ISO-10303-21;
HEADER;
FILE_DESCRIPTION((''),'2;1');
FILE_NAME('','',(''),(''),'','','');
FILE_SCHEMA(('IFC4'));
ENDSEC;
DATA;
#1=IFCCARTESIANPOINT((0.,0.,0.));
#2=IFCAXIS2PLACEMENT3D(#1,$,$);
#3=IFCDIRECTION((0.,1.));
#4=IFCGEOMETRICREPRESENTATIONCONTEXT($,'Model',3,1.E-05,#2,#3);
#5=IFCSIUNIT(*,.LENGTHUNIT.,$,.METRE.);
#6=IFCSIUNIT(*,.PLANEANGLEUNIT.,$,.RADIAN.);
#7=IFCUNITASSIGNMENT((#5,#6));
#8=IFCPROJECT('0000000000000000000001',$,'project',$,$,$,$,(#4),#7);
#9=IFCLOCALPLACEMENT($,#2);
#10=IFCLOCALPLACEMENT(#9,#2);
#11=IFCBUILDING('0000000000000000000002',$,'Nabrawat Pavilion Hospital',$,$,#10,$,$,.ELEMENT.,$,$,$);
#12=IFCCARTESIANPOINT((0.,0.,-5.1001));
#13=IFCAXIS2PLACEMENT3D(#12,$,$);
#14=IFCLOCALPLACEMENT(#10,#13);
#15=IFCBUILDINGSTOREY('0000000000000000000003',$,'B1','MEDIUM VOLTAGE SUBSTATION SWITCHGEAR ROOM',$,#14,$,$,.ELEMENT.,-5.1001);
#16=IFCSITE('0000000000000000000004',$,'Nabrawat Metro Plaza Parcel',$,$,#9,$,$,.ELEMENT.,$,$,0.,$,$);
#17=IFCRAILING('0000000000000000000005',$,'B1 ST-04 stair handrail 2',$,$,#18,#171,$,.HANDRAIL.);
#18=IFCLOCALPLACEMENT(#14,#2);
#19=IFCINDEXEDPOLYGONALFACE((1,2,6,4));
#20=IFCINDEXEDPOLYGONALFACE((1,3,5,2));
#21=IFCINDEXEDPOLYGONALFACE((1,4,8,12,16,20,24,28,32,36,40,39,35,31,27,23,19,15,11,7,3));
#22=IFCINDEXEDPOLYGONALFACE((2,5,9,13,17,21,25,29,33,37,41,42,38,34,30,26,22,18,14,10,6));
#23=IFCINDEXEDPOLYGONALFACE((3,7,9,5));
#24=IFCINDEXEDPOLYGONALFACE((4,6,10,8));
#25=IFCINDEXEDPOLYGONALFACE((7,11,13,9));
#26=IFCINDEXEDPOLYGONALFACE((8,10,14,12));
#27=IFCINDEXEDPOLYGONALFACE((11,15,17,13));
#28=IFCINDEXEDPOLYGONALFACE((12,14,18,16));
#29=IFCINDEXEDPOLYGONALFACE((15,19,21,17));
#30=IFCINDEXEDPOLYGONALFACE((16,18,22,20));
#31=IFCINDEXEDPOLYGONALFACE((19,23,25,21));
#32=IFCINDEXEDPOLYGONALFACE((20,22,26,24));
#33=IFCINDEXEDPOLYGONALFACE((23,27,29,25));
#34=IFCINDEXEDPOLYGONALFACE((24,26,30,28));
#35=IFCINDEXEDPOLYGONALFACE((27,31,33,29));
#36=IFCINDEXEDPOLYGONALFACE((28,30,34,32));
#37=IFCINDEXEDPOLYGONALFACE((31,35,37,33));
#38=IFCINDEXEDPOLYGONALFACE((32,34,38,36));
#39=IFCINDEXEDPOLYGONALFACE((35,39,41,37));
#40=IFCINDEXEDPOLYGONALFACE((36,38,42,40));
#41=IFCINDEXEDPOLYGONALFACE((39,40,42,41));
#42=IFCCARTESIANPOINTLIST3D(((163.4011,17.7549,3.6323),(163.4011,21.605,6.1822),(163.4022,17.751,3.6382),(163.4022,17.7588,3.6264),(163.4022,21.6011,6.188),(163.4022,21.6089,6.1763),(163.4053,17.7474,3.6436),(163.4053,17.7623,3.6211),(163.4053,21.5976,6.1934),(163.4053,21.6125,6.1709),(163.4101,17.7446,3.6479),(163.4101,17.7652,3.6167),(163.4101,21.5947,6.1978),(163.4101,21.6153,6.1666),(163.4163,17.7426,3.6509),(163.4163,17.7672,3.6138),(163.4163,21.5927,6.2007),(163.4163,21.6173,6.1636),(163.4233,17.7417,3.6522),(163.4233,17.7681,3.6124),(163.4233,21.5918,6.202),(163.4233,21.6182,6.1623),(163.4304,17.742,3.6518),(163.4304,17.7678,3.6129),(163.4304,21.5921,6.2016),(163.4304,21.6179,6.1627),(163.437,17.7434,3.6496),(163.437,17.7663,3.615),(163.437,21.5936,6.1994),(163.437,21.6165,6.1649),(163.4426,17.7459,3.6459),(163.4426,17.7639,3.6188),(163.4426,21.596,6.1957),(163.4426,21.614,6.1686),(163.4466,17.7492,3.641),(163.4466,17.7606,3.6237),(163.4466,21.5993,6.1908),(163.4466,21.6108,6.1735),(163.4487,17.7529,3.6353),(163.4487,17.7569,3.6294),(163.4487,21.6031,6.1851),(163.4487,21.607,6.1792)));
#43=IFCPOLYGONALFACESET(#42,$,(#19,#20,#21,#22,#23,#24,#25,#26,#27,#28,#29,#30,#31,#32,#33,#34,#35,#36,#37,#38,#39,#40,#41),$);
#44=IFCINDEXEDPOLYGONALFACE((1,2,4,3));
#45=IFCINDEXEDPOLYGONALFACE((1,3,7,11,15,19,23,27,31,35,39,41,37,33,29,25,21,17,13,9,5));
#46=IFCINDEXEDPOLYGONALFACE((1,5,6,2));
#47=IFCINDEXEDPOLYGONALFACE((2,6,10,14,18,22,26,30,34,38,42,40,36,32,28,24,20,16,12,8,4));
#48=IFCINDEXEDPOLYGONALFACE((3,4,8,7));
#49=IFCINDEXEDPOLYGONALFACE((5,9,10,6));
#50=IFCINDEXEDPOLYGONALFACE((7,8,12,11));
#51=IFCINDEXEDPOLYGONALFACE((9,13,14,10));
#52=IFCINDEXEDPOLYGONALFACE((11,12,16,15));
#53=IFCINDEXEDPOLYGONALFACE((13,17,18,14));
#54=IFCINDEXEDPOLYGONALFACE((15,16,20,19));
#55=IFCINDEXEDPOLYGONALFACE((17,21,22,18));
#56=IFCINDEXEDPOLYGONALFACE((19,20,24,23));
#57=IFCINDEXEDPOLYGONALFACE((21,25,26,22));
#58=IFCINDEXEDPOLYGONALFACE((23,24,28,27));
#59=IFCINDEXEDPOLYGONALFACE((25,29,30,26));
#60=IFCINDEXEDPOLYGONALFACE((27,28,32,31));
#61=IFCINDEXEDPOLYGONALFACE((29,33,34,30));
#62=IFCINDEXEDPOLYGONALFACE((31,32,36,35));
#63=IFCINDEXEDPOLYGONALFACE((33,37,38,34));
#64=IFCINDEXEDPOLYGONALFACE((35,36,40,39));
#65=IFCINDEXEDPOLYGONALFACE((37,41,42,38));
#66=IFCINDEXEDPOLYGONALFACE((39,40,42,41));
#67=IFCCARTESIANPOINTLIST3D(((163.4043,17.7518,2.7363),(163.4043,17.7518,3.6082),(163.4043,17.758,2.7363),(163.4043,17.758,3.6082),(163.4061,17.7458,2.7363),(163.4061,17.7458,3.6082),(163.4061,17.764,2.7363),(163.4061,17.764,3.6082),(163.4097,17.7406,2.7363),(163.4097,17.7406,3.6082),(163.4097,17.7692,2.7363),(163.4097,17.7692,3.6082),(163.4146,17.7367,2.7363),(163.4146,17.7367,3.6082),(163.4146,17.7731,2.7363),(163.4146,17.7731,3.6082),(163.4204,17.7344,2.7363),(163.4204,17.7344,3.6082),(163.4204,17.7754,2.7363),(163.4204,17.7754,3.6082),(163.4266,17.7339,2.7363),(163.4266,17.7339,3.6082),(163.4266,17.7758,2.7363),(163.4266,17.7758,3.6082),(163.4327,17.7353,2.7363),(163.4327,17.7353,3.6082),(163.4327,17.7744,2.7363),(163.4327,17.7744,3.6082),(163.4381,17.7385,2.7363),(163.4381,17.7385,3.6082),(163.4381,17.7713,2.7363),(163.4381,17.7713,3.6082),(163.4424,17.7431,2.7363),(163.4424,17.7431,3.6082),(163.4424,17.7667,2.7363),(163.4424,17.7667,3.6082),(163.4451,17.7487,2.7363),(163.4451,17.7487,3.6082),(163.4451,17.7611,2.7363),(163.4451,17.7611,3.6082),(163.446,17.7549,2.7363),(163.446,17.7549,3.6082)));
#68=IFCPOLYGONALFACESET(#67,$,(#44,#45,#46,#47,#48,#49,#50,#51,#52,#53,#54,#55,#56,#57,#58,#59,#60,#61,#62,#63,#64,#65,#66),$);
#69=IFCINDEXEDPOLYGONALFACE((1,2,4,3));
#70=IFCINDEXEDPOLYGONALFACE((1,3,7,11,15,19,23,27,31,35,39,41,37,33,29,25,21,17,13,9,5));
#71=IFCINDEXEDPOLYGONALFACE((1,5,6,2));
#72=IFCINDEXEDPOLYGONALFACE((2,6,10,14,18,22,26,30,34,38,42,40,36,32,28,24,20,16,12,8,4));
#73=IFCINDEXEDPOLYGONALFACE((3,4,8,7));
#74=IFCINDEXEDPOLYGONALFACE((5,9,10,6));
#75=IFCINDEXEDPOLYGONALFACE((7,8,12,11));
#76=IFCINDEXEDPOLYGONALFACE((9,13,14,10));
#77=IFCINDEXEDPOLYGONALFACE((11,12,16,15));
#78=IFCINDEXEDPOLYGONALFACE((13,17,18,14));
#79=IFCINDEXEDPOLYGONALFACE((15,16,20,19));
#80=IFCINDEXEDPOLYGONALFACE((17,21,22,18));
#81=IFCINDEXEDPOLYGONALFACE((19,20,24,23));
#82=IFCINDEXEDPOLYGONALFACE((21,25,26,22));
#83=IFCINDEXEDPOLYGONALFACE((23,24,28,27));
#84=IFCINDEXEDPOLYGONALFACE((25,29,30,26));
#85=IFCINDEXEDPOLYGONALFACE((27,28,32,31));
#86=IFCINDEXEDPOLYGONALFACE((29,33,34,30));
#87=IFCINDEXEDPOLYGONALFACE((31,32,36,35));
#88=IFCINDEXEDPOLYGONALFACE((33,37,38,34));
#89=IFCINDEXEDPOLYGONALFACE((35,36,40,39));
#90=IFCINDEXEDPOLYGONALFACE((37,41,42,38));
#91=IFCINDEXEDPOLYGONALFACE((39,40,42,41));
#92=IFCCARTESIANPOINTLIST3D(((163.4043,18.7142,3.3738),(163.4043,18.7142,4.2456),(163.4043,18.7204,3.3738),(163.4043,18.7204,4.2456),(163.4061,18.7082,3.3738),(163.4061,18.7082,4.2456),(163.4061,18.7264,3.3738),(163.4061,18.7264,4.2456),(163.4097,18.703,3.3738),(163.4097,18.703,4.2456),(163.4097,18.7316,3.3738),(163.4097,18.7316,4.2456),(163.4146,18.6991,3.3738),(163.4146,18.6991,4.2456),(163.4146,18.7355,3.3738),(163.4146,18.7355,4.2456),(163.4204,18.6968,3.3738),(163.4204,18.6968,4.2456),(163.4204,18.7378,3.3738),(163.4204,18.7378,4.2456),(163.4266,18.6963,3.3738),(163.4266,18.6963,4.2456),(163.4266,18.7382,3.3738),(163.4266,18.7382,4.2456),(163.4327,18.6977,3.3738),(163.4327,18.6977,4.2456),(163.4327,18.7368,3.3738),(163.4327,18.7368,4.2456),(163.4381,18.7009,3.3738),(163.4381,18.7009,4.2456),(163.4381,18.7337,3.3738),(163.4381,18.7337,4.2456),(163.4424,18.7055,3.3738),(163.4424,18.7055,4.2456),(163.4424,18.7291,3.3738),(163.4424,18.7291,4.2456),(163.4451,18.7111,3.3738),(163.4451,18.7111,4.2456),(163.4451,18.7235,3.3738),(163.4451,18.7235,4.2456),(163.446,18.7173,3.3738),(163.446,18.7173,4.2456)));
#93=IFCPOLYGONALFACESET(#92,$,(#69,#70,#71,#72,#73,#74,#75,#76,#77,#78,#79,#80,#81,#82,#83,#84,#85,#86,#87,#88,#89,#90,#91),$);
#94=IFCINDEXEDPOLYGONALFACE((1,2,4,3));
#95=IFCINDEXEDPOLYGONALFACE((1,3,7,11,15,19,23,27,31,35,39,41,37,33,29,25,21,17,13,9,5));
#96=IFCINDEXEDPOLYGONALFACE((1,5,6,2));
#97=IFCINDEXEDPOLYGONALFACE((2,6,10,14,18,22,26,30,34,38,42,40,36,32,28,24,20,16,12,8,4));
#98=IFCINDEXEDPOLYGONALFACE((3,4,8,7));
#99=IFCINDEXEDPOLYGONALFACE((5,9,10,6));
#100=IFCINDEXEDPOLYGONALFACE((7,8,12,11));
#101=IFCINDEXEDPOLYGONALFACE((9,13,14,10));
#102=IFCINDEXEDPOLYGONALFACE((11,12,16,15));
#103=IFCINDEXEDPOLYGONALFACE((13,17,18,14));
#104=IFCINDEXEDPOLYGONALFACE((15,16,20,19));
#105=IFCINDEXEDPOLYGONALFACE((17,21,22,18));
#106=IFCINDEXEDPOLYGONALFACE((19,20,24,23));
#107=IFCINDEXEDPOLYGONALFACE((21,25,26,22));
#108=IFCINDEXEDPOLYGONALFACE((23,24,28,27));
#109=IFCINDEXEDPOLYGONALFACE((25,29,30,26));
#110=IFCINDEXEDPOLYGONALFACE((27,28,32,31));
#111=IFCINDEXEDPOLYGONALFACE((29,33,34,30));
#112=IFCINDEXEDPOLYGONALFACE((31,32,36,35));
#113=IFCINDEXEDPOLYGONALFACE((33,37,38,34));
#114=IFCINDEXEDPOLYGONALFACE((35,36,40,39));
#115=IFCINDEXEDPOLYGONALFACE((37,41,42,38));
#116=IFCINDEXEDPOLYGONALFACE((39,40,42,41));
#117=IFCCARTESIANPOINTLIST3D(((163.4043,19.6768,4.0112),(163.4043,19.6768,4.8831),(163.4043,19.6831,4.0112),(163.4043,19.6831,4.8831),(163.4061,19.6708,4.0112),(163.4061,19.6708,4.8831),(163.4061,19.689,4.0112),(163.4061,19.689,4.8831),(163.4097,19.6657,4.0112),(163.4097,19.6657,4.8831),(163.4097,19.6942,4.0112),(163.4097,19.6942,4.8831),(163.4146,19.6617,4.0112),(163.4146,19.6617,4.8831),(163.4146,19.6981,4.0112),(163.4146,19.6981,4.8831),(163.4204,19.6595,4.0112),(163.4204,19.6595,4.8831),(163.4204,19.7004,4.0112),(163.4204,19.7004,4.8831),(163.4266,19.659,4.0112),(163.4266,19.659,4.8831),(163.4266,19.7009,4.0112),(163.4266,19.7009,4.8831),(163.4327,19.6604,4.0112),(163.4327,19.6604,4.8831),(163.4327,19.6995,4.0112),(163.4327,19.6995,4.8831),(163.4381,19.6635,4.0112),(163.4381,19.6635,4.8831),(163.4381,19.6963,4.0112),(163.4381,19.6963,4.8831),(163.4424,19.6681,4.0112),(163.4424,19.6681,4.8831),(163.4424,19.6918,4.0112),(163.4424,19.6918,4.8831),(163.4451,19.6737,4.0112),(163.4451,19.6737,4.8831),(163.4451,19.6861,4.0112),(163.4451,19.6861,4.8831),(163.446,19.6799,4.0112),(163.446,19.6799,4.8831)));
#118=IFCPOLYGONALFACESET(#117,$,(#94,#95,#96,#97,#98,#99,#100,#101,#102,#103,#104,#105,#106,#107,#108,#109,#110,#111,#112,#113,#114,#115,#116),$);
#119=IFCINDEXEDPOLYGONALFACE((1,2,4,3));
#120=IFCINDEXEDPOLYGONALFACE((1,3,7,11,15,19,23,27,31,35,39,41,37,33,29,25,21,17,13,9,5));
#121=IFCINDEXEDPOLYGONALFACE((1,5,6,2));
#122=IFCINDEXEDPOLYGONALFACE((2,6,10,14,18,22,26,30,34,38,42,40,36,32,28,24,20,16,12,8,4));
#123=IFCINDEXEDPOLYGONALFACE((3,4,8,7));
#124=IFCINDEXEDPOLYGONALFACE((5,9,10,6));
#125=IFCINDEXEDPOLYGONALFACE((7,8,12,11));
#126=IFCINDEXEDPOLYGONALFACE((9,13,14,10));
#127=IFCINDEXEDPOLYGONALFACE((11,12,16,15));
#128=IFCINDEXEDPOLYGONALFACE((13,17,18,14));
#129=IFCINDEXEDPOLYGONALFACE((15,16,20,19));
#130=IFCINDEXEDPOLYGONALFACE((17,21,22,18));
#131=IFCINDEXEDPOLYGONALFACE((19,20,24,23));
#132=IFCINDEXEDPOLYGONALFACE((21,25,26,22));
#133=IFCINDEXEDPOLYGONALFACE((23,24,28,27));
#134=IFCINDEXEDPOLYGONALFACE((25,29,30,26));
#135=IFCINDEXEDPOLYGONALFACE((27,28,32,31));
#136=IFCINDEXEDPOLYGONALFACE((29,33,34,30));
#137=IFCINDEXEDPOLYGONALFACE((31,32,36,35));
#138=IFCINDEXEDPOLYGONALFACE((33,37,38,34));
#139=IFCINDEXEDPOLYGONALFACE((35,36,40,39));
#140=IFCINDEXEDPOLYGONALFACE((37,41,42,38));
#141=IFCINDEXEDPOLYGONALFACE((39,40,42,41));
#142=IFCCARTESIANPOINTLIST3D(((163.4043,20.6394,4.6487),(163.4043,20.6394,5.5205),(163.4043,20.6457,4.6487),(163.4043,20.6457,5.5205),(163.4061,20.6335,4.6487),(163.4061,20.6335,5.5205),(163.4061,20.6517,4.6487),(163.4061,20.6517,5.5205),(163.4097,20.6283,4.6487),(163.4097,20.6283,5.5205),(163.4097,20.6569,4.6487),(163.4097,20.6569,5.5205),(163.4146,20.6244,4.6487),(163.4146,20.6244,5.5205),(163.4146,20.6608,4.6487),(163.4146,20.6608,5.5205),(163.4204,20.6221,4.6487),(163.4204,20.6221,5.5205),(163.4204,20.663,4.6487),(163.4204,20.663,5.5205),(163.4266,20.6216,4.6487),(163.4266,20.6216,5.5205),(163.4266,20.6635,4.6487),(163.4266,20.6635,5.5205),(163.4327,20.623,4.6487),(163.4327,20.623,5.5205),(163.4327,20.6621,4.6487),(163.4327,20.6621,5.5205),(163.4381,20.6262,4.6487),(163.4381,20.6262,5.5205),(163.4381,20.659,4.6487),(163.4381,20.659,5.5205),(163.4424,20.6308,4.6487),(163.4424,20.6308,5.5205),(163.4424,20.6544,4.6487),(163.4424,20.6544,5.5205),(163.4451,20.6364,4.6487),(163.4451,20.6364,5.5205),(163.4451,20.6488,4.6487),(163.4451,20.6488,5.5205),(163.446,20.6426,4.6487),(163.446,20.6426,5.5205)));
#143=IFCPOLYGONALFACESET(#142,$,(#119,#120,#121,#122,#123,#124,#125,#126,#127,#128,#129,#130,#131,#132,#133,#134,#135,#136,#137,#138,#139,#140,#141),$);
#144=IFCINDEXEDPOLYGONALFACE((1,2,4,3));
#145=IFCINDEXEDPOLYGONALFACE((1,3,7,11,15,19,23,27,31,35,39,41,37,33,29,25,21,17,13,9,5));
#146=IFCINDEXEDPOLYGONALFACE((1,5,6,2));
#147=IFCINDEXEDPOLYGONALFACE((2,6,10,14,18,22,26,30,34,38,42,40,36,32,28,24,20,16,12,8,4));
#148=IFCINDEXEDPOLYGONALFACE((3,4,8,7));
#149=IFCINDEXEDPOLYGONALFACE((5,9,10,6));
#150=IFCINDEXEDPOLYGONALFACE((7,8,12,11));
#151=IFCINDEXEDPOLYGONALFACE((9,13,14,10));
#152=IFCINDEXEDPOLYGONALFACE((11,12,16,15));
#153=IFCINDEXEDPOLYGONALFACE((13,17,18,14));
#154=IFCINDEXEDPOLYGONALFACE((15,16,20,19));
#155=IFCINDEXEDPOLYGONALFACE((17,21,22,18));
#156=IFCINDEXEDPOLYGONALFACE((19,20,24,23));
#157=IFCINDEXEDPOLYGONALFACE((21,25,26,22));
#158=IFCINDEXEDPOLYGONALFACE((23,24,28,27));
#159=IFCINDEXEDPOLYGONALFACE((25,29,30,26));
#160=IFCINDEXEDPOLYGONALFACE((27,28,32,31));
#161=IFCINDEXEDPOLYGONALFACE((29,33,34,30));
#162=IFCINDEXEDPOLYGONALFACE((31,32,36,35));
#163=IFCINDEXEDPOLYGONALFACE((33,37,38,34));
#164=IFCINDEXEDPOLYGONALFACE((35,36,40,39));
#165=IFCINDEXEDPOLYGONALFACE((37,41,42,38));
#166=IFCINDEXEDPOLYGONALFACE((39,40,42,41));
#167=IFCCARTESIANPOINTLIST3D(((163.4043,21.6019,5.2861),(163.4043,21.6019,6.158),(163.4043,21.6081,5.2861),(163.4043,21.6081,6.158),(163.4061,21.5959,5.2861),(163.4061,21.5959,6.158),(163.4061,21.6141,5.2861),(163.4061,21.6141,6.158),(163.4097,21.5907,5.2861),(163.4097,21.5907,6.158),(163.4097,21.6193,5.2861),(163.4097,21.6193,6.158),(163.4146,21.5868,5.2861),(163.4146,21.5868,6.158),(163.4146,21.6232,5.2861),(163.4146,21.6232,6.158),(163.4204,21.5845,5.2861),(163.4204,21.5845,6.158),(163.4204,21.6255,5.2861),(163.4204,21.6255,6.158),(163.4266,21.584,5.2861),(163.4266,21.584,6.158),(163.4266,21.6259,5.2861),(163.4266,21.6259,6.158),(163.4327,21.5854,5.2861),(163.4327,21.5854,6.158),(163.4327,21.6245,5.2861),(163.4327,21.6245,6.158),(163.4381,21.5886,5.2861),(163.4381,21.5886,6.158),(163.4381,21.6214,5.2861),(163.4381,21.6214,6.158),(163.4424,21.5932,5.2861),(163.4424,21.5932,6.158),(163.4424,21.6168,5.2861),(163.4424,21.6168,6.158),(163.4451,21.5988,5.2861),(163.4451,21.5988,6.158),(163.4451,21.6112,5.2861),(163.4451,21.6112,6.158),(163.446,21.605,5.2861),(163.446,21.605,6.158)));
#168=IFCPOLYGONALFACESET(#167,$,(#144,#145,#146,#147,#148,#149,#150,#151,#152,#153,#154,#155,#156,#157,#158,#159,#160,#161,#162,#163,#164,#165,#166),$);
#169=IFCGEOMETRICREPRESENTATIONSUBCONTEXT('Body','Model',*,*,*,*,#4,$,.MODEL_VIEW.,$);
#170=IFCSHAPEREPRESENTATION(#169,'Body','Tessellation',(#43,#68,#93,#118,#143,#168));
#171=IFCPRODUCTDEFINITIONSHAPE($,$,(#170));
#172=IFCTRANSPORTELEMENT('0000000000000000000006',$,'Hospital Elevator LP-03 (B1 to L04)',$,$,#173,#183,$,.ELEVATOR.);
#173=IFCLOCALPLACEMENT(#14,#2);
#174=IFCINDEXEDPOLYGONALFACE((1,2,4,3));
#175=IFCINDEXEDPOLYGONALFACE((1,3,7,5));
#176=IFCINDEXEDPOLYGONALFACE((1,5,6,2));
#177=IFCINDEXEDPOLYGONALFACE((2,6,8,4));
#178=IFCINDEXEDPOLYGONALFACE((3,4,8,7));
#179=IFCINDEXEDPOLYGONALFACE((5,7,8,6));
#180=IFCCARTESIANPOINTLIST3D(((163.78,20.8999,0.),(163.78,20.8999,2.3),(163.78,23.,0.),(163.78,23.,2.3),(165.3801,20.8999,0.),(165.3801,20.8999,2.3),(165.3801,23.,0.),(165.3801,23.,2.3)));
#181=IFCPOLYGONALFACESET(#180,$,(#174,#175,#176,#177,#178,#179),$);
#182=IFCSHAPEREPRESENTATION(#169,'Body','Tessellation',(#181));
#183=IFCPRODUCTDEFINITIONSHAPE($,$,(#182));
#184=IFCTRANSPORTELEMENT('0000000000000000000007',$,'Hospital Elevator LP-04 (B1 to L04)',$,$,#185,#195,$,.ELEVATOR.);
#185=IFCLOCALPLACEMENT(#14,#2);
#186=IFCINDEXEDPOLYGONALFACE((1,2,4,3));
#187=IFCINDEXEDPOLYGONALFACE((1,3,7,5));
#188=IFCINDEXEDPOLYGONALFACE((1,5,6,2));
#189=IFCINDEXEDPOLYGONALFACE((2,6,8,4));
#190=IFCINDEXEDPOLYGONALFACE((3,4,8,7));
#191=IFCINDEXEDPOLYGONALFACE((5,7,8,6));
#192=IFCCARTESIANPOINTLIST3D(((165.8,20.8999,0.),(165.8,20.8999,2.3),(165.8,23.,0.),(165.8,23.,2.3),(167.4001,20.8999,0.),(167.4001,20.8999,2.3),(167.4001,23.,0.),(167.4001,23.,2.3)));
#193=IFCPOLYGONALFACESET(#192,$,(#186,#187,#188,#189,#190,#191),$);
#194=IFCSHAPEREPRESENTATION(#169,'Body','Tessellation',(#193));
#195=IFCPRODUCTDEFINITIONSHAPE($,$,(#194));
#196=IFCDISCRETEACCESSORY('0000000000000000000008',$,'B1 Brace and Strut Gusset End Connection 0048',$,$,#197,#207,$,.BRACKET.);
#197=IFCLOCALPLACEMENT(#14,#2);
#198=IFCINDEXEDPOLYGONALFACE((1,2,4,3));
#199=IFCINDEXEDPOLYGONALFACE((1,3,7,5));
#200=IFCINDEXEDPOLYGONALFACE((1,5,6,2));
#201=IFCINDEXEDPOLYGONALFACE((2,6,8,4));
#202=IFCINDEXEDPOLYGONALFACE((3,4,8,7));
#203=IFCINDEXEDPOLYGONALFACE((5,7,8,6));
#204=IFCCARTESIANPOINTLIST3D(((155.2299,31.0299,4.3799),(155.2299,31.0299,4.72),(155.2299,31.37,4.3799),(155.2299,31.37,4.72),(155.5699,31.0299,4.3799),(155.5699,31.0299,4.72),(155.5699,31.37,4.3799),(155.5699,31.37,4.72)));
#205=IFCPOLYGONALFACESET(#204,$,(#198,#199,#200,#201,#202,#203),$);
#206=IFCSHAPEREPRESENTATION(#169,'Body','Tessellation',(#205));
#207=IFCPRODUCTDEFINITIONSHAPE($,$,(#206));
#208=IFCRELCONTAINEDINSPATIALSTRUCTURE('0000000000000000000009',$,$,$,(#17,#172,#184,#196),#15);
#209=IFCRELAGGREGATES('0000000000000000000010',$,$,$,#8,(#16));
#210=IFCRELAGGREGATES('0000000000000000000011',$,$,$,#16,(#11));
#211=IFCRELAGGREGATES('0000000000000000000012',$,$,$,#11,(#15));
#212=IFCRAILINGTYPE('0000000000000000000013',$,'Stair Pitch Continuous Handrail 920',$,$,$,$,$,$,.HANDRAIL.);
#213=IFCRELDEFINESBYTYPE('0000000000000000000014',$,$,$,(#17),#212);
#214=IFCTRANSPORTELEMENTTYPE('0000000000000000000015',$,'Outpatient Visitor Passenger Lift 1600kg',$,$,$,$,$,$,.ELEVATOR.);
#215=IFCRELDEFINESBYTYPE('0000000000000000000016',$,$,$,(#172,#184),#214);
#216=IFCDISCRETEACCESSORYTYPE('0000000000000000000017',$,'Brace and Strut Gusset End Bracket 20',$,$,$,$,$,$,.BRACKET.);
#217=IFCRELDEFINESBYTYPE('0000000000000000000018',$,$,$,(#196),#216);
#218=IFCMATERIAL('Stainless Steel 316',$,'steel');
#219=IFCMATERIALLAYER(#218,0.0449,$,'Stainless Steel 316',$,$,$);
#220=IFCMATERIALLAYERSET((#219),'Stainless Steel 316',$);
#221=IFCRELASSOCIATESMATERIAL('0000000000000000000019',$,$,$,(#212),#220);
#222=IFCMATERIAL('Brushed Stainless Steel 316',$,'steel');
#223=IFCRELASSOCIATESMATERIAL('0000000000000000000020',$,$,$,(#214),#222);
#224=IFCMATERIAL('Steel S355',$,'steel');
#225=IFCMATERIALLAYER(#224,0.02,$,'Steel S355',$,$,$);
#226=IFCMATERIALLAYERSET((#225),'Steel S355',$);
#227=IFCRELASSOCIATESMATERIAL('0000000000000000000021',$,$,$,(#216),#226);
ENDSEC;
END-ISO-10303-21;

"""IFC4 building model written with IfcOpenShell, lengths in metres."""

from ifc_helpers import new_model, si_unit, direction, frame, origin, origin_2d, place, context, subcontext, project, spatial, rectangle, circle, extrude, material, layer, layer_set, type_object, element, save


model = new_model("IFC4")

# Units and contexts
model_context = context("Model", 3, precision=1e-05, world=origin(), true_north=direction((0.0, 1.0)))
body_context = subcontext(model_context, "Body", "Model", "MODEL_VIEW")
ifc_project = project(units=[si_unit("LENGTHUNIT", "METRE"), si_unit("PLANEANGLEUNIT", "RADIAN")], contexts=[model_context])

# Site, building, storey
site_placement = place(None, origin())
site = spatial("IfcSite", under=ifc_project, at=site_placement, Name="Nabrawat Metro Plaza Parcel", CompositionType="ELEMENT", RefElevation=0.0)
building_placement = place(site_placement, origin())
building = spatial("IfcBuilding", under=site, at=building_placement, Name="Nabrawat Pavilion Hospital", CompositionType="ELEMENT")
storey_placement = place(building_placement, frame((0.0, 0.0, -5.1001)))
storey = spatial("IfcBuildingStorey", under=building, at=storey_placement, Name="B1", Description="MEDIUM VOLTAGE SUBSTATION SWITCHGEAR ROOM", CompositionType="ELEMENT", Elevation=-5.1001)

# Shared definitions
ifc_material_1 = material(Name="Steel S355", Category="steel")

# Railing
ifc_material_2 = material(Name="Stainless Steel 316", Category="steel")
ifc_layer_1 = layer(ifc_material_2, 0.0449, Name="Stainless Steel 316")
ifc_layer_set_1 = layer_set([ifc_layer_1], Name="Stainless Steel 316")
railing_type_1 = type_object("IfcRailingType", Name="Stair Pitch Continuous Handrail 920", PredefinedType="HANDRAIL", material=ifc_layer_set_1)
railing_1_placement = place(storey_placement, frame((163.425, 17.7549, 2.7363)))
element("IfcRailing", 1, at=railing_1_placement, inside=storey, type_object=railing_type_1, Name="B1 ST-04 stair handrail 2", PredefinedType="HANDRAIL", context=body_context, shape_type="SweptSolid", body=[
    extrude(circle(Radius=0.0239, at=origin_2d()), frame((0.0, 0.0, 0.896), z_axis=(0.0, 0.833738, 0.55216), x_axis=(-1.0, 0.0, 0.0)), (0.0, 0.0, 1.0), 4.6179),
    extrude(circle(Radius=0.021, at=origin_2d()), origin(), (0.0, 0.0, 1.0), 0.8718),
    extrude(circle(Radius=0.021, at=origin_2d()), frame((0.0, 0.9624, 0.6375)), (0.0, 0.0, 1.0), 0.8718),
    extrude(circle(Radius=0.021, at=origin_2d()), frame((0.0, 1.925, 1.2749)), (0.0, 0.0, 1.0), 0.8718),
    extrude(circle(Radius=0.021, at=origin_2d()), frame((0.0, 2.8877, 1.9124)), (0.0, 0.0, 1.0), 0.8718),
    extrude(circle(Radius=0.021, at=origin_2d()), frame((0.0, 3.8501, 2.5498)), (0.0, 0.0, 1.0), 0.8718),
])

# Transport elements
ifc_material_3 = material(Name="Brushed Stainless Steel 316", Category="steel")
transport_element_type = type_object("IfcTransportElementType", Name="Outpatient Visitor Passenger Lift 1600kg", PredefinedType="ELEVATOR", material=ifc_material_3)
for number, where, z_axis, x_axis, name in (
    (2, (164.5801, 21.95, 0.0), (0.0, 0.0, 1.0), (1.0, 0.0, 0.0), "Hospital Elevator LP-03 (B1 to L04)"),
    (3, (166.6001, 21.95, 0.0), (0.0, 0.0, 1.0), (1.0, 0.0, 0.0), "Hospital Elevator LP-04 (B1 to L04)"),
):
    element("IfcTransportElement", number, at=place(storey_placement, frame(where, z_axis=z_axis, x_axis=x_axis)), inside=storey, type_object=transport_element_type, Name=name, PredefinedType="ELEVATOR", context=body_context, shape_type="SweptSolid", body=[
        extrude(rectangle(XDim=1.6001, YDim=2.1001, at=origin_2d()), origin(), (0.0, 0.0, 1.0), 2.3),
    ])

# Discrete accessory
ifc_layer_2 = layer(ifc_material_1, 0.02, Name="Steel S355")
ifc_layer_set_2 = layer_set([ifc_layer_2], Name="Steel S355")
discrete_accessory_type = type_object("IfcDiscreteAccessoryType", Name="Brace and Strut Gusset End Bracket 20", PredefinedType="BRACKET", material=ifc_layer_set_2)
for number, where, z_axis, x_axis, name in (
    (4, (155.3999, 31.2, 4.3799), (0.0, 0.0, 1.0), (1.0, 0.0, 0.0), "B1 Brace and Strut Gusset End Connection 0048"),
):
    element("IfcDiscreteAccessory", number, at=place(storey_placement, frame(where, z_axis=z_axis, x_axis=x_axis)), inside=storey, type_object=discrete_accessory_type, Name=name, PredefinedType="BRACKET", context=body_context, shape_type="SweptSolid", body=[
        extrude(rectangle(XDim=0.3401, YDim=0.3401, at=origin_2d()), origin(), (0.0, 0.0, 1.0), 0.3401),
    ])

save(model, "model.ifc")
